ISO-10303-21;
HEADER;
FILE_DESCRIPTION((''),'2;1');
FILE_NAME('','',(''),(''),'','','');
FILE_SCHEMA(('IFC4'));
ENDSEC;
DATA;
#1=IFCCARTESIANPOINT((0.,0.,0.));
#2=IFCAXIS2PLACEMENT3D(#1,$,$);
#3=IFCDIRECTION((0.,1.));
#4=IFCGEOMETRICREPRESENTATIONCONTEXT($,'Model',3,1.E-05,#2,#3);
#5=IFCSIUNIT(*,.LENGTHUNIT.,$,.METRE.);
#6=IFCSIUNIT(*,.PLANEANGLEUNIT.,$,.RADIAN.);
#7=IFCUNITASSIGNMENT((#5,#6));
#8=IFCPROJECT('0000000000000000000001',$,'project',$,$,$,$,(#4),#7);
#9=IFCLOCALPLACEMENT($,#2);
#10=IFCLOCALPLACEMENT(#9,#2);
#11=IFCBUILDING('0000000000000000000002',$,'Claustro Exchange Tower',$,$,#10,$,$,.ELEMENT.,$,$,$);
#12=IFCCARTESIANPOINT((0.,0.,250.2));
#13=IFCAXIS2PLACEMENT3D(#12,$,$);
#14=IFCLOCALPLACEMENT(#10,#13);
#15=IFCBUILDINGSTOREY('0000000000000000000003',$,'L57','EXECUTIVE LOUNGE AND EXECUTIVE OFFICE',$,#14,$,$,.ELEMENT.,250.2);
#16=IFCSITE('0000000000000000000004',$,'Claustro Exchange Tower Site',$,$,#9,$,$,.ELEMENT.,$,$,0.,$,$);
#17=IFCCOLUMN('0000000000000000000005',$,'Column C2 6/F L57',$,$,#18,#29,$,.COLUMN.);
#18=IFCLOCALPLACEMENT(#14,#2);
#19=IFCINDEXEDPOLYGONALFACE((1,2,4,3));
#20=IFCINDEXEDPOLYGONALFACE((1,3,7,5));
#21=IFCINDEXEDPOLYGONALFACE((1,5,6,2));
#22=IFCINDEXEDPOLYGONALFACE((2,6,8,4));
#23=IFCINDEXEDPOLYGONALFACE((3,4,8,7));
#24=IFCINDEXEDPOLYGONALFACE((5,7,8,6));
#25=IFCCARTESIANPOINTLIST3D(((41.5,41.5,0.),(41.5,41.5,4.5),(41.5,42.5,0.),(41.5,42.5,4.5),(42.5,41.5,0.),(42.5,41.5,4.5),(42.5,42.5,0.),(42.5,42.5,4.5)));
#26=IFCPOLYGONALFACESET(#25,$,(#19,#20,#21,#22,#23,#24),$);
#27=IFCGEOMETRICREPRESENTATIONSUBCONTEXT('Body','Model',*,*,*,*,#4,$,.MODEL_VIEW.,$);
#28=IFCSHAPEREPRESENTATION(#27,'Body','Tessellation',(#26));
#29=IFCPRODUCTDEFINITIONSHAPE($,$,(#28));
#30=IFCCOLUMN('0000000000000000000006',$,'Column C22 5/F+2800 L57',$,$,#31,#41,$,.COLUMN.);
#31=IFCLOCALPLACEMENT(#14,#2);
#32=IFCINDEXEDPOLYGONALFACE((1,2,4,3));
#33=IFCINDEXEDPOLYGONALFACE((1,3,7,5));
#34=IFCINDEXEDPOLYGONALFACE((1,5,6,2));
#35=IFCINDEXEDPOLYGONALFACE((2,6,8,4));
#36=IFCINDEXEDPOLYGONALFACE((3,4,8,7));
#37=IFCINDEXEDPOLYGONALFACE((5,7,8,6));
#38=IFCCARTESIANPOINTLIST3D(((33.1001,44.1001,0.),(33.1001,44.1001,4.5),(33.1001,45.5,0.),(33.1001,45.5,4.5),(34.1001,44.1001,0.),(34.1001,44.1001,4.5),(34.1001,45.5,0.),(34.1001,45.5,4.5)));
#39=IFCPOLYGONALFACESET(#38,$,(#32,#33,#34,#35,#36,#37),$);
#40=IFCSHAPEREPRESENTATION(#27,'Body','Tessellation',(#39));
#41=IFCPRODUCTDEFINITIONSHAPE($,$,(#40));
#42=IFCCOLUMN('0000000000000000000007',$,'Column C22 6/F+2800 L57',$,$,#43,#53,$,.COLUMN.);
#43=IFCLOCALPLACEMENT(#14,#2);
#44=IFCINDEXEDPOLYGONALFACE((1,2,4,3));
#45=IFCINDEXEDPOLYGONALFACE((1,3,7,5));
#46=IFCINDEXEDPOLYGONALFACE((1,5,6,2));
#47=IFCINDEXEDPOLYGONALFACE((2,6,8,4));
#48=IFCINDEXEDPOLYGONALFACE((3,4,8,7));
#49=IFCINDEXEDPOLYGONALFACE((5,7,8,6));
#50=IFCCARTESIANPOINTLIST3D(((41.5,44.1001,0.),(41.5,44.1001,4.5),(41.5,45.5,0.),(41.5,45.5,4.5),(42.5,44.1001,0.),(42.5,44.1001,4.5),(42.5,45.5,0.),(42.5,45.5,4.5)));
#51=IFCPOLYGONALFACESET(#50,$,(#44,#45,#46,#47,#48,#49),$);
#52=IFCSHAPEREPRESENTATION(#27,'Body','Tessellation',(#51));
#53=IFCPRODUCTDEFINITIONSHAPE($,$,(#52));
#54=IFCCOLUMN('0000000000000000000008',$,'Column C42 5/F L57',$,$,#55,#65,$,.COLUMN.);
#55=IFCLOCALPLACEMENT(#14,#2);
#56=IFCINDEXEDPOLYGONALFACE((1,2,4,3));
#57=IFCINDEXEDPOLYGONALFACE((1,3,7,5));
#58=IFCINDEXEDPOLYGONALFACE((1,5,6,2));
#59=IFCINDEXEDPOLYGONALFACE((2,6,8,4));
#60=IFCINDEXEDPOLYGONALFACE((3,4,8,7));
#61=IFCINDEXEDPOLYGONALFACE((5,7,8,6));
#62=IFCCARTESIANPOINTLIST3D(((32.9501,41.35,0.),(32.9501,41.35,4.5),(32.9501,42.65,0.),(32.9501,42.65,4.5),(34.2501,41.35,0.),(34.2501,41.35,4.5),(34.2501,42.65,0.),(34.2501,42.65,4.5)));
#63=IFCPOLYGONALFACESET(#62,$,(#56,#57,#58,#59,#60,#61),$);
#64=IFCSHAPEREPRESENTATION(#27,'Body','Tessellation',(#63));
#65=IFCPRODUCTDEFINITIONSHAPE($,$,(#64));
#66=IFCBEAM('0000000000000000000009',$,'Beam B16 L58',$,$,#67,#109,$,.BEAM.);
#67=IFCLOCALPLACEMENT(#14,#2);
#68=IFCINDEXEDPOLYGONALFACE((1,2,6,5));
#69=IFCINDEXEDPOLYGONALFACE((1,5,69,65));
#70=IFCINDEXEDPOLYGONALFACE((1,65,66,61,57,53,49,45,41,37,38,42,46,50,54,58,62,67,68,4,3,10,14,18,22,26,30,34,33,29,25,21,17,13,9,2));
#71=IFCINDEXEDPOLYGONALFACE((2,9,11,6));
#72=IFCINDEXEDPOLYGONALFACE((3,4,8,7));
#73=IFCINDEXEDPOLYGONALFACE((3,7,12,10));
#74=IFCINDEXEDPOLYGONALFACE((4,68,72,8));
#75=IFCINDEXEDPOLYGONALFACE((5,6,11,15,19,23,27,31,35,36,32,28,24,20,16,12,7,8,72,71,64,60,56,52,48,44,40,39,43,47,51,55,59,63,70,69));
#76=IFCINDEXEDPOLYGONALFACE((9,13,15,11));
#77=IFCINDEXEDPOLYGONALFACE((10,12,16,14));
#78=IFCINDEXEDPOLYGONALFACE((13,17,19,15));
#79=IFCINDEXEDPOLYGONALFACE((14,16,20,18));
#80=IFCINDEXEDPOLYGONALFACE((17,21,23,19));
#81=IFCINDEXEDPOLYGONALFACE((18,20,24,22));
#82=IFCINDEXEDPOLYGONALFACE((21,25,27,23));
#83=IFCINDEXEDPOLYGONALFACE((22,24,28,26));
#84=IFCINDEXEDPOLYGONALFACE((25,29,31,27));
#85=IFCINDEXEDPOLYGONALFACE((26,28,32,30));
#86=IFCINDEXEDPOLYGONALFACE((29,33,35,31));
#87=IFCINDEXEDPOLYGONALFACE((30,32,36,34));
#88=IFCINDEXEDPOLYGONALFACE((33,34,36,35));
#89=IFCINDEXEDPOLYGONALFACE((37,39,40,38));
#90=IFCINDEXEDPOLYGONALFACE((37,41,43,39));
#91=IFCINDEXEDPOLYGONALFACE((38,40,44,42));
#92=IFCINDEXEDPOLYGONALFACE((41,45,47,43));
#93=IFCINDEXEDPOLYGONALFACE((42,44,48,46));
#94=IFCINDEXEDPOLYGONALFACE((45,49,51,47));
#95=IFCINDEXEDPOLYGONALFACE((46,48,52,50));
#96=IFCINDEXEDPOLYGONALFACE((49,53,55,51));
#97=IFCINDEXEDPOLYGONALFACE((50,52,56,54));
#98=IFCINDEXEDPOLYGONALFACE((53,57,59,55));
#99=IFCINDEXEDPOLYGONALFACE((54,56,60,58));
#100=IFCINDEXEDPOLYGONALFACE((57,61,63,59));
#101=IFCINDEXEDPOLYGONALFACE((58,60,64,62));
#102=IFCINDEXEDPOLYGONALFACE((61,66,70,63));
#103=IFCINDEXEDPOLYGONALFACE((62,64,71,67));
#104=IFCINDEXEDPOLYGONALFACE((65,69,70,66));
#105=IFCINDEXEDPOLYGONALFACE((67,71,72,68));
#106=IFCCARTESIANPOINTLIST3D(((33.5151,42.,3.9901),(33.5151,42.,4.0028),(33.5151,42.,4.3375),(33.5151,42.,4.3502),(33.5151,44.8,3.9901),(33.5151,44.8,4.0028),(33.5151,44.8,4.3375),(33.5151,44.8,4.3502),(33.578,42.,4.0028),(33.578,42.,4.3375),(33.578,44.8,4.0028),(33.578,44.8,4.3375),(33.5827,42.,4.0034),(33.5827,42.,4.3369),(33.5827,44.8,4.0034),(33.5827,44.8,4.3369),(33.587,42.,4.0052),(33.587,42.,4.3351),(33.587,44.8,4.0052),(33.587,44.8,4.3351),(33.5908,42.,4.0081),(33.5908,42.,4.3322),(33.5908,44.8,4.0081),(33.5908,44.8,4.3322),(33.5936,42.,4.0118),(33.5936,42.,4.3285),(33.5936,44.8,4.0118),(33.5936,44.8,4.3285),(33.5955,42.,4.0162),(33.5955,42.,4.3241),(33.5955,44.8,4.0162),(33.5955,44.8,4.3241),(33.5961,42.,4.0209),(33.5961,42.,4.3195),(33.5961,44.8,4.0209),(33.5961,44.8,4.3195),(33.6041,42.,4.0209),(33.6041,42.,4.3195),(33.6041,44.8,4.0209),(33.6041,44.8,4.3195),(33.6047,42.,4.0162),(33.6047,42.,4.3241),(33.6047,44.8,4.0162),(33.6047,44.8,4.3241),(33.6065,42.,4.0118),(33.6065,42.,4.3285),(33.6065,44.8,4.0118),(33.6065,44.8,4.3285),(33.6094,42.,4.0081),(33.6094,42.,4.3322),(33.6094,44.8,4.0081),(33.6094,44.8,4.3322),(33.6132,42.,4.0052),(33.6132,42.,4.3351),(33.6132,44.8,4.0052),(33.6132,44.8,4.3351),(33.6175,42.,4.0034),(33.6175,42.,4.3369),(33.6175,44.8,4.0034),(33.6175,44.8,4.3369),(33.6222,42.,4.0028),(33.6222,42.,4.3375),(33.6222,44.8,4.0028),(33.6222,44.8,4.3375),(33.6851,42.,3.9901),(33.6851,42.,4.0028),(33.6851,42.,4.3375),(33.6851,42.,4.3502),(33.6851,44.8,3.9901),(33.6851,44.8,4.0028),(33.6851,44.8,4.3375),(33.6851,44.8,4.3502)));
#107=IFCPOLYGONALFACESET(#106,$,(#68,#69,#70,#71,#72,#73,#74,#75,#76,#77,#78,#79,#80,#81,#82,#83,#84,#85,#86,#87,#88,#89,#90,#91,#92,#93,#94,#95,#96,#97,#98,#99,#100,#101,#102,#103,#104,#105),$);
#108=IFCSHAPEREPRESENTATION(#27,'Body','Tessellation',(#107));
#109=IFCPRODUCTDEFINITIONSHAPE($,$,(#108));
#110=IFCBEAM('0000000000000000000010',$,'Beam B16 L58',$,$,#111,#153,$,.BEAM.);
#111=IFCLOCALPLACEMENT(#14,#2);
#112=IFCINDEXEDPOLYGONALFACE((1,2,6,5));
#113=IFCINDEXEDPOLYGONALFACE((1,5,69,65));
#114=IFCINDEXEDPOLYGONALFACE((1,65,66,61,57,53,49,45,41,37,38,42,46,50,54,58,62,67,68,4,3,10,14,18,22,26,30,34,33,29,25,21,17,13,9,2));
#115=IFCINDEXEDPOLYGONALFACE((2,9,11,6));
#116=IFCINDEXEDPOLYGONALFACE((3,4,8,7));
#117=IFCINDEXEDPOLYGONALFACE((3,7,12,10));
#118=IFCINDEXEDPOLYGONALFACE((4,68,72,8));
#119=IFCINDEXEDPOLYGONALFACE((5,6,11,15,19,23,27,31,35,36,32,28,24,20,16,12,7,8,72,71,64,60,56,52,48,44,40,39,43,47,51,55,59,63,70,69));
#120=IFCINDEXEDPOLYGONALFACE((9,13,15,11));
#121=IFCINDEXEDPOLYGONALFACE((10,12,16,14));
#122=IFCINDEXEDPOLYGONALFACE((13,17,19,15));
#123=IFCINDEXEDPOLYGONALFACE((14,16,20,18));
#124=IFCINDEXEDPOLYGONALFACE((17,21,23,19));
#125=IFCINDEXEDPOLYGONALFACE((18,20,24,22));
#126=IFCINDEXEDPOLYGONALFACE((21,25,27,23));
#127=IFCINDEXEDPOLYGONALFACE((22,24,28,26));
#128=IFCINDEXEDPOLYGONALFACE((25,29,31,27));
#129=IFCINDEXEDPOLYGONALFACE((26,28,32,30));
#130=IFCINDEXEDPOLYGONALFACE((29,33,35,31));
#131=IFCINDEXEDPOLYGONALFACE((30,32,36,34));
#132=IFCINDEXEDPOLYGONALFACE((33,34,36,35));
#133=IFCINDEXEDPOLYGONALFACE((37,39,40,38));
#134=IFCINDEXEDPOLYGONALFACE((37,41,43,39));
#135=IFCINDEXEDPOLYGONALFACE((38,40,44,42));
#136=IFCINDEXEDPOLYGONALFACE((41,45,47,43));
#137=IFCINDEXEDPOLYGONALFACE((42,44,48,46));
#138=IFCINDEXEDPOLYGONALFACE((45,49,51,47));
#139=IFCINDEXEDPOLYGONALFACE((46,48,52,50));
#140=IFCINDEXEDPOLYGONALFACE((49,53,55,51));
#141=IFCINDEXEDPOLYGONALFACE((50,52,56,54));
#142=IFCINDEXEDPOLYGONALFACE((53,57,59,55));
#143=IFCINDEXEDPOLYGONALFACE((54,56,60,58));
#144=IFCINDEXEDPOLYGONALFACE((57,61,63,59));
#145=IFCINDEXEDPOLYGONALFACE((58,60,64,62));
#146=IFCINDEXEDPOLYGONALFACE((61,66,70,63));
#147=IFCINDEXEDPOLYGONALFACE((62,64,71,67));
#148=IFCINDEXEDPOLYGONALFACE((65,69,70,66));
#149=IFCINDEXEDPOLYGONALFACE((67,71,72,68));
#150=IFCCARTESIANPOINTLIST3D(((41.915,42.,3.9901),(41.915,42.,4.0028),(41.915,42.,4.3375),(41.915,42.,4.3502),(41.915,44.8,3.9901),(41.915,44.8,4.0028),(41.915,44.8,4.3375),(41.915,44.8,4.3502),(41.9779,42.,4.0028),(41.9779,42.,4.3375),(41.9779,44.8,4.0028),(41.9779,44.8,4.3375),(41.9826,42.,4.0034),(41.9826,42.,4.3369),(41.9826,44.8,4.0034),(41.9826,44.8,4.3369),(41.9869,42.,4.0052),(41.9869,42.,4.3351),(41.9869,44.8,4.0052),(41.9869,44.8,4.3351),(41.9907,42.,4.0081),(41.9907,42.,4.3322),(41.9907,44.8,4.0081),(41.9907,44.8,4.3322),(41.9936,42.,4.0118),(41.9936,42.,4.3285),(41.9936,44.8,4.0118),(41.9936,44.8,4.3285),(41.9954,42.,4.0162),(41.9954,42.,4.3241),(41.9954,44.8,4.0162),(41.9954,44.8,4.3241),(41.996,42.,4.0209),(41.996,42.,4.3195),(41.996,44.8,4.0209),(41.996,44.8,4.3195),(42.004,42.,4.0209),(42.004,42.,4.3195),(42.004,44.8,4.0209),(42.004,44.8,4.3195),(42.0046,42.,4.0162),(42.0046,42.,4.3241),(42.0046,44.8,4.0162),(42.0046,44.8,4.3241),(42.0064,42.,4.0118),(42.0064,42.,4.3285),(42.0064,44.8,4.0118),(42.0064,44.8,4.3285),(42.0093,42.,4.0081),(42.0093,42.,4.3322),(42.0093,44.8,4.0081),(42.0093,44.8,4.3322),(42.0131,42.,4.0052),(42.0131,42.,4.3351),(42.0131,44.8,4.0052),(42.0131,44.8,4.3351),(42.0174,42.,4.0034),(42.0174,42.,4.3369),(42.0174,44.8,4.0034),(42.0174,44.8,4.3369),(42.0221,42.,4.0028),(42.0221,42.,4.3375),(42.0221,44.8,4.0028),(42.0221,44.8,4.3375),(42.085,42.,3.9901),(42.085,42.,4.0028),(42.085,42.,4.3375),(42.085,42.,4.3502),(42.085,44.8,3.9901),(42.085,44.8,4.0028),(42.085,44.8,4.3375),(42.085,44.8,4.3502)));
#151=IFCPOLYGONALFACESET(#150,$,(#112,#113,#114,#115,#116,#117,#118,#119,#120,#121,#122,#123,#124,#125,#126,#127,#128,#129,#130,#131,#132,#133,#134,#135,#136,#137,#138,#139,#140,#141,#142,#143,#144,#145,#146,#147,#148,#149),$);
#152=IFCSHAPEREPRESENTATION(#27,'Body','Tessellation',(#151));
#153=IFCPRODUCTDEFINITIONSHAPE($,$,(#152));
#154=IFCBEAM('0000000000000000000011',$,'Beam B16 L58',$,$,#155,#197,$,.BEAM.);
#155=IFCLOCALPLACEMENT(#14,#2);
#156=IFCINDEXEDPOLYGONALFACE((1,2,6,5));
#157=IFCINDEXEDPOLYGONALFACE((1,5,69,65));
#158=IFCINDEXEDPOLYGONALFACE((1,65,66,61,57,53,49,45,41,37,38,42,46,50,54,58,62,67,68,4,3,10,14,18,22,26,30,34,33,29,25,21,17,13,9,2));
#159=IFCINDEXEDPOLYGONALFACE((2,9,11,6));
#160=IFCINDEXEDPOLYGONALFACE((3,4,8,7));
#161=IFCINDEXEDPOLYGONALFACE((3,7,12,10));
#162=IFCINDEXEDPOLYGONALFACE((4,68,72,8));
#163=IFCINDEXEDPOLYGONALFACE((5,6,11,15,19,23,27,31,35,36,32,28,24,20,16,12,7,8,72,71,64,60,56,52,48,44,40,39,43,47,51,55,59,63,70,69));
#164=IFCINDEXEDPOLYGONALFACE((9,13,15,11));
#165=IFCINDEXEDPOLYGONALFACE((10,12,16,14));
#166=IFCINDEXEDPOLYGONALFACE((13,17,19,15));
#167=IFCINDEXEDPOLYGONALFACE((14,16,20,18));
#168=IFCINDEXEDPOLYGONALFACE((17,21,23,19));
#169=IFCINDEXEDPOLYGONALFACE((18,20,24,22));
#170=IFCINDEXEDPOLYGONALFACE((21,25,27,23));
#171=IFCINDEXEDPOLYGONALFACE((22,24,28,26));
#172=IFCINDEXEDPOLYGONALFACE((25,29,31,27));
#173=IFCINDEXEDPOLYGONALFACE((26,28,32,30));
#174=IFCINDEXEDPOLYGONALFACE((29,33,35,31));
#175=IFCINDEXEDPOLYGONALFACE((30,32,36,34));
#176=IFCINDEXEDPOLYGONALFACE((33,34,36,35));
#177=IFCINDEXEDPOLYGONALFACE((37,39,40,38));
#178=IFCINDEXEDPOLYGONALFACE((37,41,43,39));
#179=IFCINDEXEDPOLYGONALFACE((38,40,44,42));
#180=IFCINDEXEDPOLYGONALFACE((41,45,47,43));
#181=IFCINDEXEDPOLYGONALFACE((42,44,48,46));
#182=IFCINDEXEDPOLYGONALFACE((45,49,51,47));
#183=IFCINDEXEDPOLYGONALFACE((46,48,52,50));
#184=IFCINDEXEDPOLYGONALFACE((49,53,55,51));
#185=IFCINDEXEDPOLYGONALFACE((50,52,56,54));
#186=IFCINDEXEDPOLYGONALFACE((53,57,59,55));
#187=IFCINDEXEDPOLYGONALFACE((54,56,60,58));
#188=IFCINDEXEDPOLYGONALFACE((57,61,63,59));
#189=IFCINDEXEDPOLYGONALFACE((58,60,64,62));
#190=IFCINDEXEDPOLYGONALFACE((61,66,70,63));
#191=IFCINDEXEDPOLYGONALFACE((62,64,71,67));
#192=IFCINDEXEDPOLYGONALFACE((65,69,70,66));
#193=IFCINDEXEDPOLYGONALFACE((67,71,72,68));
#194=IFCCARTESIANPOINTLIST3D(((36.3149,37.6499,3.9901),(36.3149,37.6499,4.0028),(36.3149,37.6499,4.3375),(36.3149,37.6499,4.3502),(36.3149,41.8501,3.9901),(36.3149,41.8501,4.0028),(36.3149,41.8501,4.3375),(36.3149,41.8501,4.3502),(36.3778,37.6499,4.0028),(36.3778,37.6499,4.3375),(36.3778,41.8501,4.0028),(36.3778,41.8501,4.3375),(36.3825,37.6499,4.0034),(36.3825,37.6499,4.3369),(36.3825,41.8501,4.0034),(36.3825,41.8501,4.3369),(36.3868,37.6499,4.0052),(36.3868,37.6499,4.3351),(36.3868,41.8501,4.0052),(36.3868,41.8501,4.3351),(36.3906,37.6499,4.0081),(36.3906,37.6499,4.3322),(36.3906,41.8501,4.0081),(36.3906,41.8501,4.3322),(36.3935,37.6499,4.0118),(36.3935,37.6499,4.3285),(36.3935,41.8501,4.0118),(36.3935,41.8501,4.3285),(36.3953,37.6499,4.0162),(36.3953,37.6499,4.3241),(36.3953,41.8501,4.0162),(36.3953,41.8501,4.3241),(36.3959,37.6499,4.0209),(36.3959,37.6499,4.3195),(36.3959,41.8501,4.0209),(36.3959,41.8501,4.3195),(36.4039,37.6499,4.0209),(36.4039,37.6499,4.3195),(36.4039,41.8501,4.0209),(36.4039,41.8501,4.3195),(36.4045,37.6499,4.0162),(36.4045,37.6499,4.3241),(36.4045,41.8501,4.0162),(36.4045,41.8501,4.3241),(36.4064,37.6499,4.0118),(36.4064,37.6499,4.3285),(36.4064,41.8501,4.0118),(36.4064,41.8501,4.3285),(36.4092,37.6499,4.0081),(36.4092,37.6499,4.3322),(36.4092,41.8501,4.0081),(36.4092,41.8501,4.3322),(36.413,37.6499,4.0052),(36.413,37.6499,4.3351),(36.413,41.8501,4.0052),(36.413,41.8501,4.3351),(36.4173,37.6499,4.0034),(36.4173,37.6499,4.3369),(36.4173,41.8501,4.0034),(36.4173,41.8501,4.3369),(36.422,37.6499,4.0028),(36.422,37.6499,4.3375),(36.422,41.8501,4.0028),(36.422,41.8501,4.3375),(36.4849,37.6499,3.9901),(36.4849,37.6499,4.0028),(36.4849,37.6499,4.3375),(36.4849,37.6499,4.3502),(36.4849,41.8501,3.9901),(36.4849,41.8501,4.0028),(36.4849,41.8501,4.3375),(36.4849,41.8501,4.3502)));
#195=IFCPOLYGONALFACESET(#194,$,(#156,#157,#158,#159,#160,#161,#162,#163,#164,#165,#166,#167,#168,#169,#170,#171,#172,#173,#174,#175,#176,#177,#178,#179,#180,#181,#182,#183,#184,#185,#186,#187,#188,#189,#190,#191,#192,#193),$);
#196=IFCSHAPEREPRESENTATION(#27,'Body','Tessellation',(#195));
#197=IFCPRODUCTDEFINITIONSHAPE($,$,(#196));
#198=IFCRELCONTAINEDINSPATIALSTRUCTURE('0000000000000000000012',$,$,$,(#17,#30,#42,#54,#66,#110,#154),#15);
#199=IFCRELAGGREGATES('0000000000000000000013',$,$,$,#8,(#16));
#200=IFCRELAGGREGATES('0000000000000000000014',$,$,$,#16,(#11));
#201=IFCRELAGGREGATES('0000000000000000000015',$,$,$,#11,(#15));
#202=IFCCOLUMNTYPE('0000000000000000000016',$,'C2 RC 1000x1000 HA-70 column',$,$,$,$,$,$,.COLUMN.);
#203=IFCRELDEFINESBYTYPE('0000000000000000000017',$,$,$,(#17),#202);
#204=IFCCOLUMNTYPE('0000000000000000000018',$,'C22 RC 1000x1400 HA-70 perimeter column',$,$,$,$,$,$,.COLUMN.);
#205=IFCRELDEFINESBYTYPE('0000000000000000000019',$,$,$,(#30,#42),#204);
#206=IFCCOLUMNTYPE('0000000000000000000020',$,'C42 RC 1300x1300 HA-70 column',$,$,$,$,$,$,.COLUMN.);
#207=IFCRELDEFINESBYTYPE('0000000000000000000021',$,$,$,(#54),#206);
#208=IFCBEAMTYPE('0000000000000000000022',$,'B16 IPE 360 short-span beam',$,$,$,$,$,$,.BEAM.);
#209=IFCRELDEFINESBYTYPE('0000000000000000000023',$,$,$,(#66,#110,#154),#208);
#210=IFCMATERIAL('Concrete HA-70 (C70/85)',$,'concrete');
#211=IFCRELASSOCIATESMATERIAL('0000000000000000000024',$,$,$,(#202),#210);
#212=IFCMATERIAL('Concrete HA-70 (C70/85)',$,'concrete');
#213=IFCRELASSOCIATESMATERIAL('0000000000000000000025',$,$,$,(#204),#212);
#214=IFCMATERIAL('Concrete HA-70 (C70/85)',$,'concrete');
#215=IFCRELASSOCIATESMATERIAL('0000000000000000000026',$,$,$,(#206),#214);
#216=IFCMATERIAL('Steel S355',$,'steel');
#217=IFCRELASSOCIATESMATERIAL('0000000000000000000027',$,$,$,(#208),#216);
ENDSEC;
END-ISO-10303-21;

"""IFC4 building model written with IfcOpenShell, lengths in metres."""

from ifc_helpers import new_model, si_unit, direction, frame, origin, origin_2d, place, context, subcontext, project, spatial, rectangle, i_section, extrude, material, material_profile, profile_set, type_object, element, save


model = new_model("IFC4")

# Units and contexts
model_context = context("Model", 3, precision=1e-05, world=origin(), true_north=direction((0.0, 1.0)))
body_context = subcontext(model_context, "Body", "Model", "MODEL_VIEW")
ifc_project = project(units=[si_unit("LENGTHUNIT", "METRE"), si_unit("PLANEANGLEUNIT", "RADIAN")], contexts=[model_context])

# Site, building, storey
site_placement = place(None, origin())
site = spatial("IfcSite", under=ifc_project, at=site_placement, Name="Claustro Exchange Tower Site", CompositionType="ELEMENT", RefElevation=0.0)
building_placement = place(site_placement, origin())
building = spatial("IfcBuilding", under=site, at=building_placement, Name="Claustro Exchange Tower", CompositionType="ELEMENT")
storey_placement = place(building_placement, frame((0.0, 0.0, 250.2)))
storey = spatial("IfcBuildingStorey", under=building, at=storey_placement, Name="L57", Description="EXECUTIVE LOUNGE AND EXECUTIVE OFFICE", CompositionType="ELEMENT", Elevation=250.2)

# Columns
ifc_material_1 = material(Name="Concrete HA-70 (C70/85)", Category="concrete")
ifc_material_profile_1 = material_profile(ifc_material_1, rectangle(XDim=1.0, YDim=1.0, at=origin_2d()), Name="RC 1000x1000")
ifc_profile_set_1 = profile_set([ifc_material_profile_1], Name="Concrete HA-70 (C70/85)")
column_type_1 = type_object("IfcColumnType", Name="C2 RC 1000x1000 HA-70 column", PredefinedType="COLUMN", material=ifc_profile_set_1)
column_1_placement = place(storey_placement, frame((42.0, 42.0, 0.0), z_axis=(0.0, 0.0, 1.0), x_axis=(1.0, 0.0, 0.0)))
element("IfcColumn", 1, at=column_1_placement, inside=storey, type_object=column_type_1, Name="Column C2 6/F L57", PredefinedType="COLUMN", context=body_context, shape_type="SweptSolid", body=[
    extrude(rectangle(XDim=1.0, YDim=1.0, at=origin_2d()), origin(), (0.0, 0.0, 1.0), 4.5),
])
ifc_material_2 = material(Name="Concrete HA-70 (C70/85)", Category="concrete")
ifc_material_profile_2 = material_profile(ifc_material_2, rectangle(XDim=1.0, YDim=1.3999, at=origin_2d()), Name="RC 1000x1400")
ifc_profile_set_2 = profile_set([ifc_material_profile_2], Name="Concrete HA-70 (C70/85)")
column_type_2 = type_object("IfcColumnType", Name="C22 RC 1000x1400 HA-70 perimeter column", PredefinedType="COLUMN", material=ifc_profile_set_2)
for number, where, z_axis, x_axis, name in (
    (2, (33.6001, 44.8, 0.0), (0.0, 0.0, 1.0), (1.0, 0.0, 0.0), "Column C22 5/F+2800 L57"),
    (3, (42.0, 44.8, 0.0), (0.0, 0.0, 1.0), (1.0, 0.0, 0.0), "Column C22 6/F+2800 L57"),
):
    element("IfcColumn", number, at=place(storey_placement, frame(where, z_axis=z_axis, x_axis=x_axis)), inside=storey, type_object=column_type_2, Name=name, PredefinedType="COLUMN", context=body_context, shape_type="SweptSolid", body=[
        extrude(rectangle(XDim=1.0, YDim=1.3999, at=origin_2d()), origin(), (0.0, 0.0, 1.0), 4.5),
    ])
ifc_material_3 = material(Name="Concrete HA-70 (C70/85)", Category="concrete")
ifc_material_profile_3 = material_profile(ifc_material_3, rectangle(XDim=1.3, YDim=1.3, at=origin_2d()), Name="RC 1300x1300")
ifc_profile_set_3 = profile_set([ifc_material_profile_3], Name="Concrete HA-70 (C70/85)")
column_type_3 = type_object("IfcColumnType", Name="C42 RC 1300x1300 HA-70 column", PredefinedType="COLUMN", material=ifc_profile_set_3)
column_2_placement = place(storey_placement, frame((33.6001, 42.0, 0.0), z_axis=(0.0, 0.0, 1.0), x_axis=(1.0, 0.0, 0.0)))
element("IfcColumn", 4, at=column_2_placement, inside=storey, type_object=column_type_3, Name="Column C42 5/F L57", PredefinedType="COLUMN", context=body_context, shape_type="SweptSolid", body=[
    extrude(rectangle(XDim=1.3, YDim=1.3, at=origin_2d()), origin(), (0.0, 0.0, 1.0), 4.5),
])

# Beams
ifc_material_4 = material(Name="Steel S355", Category="steel")
ifc_material_profile_4 = material_profile(ifc_material_4, i_section(OverallWidth=0.1699, OverallDepth=0.3601, WebThickness=0.0081, FlangeThickness=0.0127, FilletRadius=0.0181, at=origin_2d()), Name="IPE 360")
ifc_profile_set_4 = profile_set([ifc_material_profile_4], Name="Steel S355")
beam_type_1 = type_object("IfcBeamType", Name="B16 IPE 360 short-span beam", PredefinedType="BEAM", material=ifc_profile_set_4)
for number, where, z_axis, x_axis, name in (
    (5, (33.6001, 42.0, 4.1702), (0.0, 1.0, 0.0), (-1.0, 0.0, 0.0), "Beam B16 L58"),
    (6, (42.0, 42.0, 4.1702), (0.0, 1.0, 0.0), (-1.0, 0.0, 0.0), "Beam B16 L58"),
):
    element("IfcBeam", number, at=place(storey_placement, frame(where, z_axis=z_axis, x_axis=x_axis)), inside=storey, type_object=beam_type_1, Name=name, PredefinedType="BEAM", context=body_context, shape_type="SweptSolid", body=[
        extrude(i_section(OverallWidth=0.1699, OverallDepth=0.3601, WebThickness=0.0081, FlangeThickness=0.0127, FilletRadius=0.0181, at=origin_2d()), origin(), (0.0, 0.0, 1.0), 2.8),
    ])
for number, where, z_axis, x_axis, name in (
    (7, (36.3999, 37.6499, 4.1702), (0.0, 1.0, 0.0), (-1.0, 0.0, 0.0), "Beam B16 L58"),
):
    element("IfcBeam", number, at=place(storey_placement, frame(where, z_axis=z_axis, x_axis=x_axis)), inside=storey, type_object=beam_type_1, Name=name, PredefinedType="BEAM", context=body_context, shape_type="SweptSolid", body=[
        extrude(i_section(OverallWidth=0.1699, OverallDepth=0.3601, WebThickness=0.0081, FlangeThickness=0.0127, FilletRadius=0.0181, at=origin_2d()), origin(), (0.0, 0.0, 1.0), 4.2002),
    ])

save(model, "model.ifc")
